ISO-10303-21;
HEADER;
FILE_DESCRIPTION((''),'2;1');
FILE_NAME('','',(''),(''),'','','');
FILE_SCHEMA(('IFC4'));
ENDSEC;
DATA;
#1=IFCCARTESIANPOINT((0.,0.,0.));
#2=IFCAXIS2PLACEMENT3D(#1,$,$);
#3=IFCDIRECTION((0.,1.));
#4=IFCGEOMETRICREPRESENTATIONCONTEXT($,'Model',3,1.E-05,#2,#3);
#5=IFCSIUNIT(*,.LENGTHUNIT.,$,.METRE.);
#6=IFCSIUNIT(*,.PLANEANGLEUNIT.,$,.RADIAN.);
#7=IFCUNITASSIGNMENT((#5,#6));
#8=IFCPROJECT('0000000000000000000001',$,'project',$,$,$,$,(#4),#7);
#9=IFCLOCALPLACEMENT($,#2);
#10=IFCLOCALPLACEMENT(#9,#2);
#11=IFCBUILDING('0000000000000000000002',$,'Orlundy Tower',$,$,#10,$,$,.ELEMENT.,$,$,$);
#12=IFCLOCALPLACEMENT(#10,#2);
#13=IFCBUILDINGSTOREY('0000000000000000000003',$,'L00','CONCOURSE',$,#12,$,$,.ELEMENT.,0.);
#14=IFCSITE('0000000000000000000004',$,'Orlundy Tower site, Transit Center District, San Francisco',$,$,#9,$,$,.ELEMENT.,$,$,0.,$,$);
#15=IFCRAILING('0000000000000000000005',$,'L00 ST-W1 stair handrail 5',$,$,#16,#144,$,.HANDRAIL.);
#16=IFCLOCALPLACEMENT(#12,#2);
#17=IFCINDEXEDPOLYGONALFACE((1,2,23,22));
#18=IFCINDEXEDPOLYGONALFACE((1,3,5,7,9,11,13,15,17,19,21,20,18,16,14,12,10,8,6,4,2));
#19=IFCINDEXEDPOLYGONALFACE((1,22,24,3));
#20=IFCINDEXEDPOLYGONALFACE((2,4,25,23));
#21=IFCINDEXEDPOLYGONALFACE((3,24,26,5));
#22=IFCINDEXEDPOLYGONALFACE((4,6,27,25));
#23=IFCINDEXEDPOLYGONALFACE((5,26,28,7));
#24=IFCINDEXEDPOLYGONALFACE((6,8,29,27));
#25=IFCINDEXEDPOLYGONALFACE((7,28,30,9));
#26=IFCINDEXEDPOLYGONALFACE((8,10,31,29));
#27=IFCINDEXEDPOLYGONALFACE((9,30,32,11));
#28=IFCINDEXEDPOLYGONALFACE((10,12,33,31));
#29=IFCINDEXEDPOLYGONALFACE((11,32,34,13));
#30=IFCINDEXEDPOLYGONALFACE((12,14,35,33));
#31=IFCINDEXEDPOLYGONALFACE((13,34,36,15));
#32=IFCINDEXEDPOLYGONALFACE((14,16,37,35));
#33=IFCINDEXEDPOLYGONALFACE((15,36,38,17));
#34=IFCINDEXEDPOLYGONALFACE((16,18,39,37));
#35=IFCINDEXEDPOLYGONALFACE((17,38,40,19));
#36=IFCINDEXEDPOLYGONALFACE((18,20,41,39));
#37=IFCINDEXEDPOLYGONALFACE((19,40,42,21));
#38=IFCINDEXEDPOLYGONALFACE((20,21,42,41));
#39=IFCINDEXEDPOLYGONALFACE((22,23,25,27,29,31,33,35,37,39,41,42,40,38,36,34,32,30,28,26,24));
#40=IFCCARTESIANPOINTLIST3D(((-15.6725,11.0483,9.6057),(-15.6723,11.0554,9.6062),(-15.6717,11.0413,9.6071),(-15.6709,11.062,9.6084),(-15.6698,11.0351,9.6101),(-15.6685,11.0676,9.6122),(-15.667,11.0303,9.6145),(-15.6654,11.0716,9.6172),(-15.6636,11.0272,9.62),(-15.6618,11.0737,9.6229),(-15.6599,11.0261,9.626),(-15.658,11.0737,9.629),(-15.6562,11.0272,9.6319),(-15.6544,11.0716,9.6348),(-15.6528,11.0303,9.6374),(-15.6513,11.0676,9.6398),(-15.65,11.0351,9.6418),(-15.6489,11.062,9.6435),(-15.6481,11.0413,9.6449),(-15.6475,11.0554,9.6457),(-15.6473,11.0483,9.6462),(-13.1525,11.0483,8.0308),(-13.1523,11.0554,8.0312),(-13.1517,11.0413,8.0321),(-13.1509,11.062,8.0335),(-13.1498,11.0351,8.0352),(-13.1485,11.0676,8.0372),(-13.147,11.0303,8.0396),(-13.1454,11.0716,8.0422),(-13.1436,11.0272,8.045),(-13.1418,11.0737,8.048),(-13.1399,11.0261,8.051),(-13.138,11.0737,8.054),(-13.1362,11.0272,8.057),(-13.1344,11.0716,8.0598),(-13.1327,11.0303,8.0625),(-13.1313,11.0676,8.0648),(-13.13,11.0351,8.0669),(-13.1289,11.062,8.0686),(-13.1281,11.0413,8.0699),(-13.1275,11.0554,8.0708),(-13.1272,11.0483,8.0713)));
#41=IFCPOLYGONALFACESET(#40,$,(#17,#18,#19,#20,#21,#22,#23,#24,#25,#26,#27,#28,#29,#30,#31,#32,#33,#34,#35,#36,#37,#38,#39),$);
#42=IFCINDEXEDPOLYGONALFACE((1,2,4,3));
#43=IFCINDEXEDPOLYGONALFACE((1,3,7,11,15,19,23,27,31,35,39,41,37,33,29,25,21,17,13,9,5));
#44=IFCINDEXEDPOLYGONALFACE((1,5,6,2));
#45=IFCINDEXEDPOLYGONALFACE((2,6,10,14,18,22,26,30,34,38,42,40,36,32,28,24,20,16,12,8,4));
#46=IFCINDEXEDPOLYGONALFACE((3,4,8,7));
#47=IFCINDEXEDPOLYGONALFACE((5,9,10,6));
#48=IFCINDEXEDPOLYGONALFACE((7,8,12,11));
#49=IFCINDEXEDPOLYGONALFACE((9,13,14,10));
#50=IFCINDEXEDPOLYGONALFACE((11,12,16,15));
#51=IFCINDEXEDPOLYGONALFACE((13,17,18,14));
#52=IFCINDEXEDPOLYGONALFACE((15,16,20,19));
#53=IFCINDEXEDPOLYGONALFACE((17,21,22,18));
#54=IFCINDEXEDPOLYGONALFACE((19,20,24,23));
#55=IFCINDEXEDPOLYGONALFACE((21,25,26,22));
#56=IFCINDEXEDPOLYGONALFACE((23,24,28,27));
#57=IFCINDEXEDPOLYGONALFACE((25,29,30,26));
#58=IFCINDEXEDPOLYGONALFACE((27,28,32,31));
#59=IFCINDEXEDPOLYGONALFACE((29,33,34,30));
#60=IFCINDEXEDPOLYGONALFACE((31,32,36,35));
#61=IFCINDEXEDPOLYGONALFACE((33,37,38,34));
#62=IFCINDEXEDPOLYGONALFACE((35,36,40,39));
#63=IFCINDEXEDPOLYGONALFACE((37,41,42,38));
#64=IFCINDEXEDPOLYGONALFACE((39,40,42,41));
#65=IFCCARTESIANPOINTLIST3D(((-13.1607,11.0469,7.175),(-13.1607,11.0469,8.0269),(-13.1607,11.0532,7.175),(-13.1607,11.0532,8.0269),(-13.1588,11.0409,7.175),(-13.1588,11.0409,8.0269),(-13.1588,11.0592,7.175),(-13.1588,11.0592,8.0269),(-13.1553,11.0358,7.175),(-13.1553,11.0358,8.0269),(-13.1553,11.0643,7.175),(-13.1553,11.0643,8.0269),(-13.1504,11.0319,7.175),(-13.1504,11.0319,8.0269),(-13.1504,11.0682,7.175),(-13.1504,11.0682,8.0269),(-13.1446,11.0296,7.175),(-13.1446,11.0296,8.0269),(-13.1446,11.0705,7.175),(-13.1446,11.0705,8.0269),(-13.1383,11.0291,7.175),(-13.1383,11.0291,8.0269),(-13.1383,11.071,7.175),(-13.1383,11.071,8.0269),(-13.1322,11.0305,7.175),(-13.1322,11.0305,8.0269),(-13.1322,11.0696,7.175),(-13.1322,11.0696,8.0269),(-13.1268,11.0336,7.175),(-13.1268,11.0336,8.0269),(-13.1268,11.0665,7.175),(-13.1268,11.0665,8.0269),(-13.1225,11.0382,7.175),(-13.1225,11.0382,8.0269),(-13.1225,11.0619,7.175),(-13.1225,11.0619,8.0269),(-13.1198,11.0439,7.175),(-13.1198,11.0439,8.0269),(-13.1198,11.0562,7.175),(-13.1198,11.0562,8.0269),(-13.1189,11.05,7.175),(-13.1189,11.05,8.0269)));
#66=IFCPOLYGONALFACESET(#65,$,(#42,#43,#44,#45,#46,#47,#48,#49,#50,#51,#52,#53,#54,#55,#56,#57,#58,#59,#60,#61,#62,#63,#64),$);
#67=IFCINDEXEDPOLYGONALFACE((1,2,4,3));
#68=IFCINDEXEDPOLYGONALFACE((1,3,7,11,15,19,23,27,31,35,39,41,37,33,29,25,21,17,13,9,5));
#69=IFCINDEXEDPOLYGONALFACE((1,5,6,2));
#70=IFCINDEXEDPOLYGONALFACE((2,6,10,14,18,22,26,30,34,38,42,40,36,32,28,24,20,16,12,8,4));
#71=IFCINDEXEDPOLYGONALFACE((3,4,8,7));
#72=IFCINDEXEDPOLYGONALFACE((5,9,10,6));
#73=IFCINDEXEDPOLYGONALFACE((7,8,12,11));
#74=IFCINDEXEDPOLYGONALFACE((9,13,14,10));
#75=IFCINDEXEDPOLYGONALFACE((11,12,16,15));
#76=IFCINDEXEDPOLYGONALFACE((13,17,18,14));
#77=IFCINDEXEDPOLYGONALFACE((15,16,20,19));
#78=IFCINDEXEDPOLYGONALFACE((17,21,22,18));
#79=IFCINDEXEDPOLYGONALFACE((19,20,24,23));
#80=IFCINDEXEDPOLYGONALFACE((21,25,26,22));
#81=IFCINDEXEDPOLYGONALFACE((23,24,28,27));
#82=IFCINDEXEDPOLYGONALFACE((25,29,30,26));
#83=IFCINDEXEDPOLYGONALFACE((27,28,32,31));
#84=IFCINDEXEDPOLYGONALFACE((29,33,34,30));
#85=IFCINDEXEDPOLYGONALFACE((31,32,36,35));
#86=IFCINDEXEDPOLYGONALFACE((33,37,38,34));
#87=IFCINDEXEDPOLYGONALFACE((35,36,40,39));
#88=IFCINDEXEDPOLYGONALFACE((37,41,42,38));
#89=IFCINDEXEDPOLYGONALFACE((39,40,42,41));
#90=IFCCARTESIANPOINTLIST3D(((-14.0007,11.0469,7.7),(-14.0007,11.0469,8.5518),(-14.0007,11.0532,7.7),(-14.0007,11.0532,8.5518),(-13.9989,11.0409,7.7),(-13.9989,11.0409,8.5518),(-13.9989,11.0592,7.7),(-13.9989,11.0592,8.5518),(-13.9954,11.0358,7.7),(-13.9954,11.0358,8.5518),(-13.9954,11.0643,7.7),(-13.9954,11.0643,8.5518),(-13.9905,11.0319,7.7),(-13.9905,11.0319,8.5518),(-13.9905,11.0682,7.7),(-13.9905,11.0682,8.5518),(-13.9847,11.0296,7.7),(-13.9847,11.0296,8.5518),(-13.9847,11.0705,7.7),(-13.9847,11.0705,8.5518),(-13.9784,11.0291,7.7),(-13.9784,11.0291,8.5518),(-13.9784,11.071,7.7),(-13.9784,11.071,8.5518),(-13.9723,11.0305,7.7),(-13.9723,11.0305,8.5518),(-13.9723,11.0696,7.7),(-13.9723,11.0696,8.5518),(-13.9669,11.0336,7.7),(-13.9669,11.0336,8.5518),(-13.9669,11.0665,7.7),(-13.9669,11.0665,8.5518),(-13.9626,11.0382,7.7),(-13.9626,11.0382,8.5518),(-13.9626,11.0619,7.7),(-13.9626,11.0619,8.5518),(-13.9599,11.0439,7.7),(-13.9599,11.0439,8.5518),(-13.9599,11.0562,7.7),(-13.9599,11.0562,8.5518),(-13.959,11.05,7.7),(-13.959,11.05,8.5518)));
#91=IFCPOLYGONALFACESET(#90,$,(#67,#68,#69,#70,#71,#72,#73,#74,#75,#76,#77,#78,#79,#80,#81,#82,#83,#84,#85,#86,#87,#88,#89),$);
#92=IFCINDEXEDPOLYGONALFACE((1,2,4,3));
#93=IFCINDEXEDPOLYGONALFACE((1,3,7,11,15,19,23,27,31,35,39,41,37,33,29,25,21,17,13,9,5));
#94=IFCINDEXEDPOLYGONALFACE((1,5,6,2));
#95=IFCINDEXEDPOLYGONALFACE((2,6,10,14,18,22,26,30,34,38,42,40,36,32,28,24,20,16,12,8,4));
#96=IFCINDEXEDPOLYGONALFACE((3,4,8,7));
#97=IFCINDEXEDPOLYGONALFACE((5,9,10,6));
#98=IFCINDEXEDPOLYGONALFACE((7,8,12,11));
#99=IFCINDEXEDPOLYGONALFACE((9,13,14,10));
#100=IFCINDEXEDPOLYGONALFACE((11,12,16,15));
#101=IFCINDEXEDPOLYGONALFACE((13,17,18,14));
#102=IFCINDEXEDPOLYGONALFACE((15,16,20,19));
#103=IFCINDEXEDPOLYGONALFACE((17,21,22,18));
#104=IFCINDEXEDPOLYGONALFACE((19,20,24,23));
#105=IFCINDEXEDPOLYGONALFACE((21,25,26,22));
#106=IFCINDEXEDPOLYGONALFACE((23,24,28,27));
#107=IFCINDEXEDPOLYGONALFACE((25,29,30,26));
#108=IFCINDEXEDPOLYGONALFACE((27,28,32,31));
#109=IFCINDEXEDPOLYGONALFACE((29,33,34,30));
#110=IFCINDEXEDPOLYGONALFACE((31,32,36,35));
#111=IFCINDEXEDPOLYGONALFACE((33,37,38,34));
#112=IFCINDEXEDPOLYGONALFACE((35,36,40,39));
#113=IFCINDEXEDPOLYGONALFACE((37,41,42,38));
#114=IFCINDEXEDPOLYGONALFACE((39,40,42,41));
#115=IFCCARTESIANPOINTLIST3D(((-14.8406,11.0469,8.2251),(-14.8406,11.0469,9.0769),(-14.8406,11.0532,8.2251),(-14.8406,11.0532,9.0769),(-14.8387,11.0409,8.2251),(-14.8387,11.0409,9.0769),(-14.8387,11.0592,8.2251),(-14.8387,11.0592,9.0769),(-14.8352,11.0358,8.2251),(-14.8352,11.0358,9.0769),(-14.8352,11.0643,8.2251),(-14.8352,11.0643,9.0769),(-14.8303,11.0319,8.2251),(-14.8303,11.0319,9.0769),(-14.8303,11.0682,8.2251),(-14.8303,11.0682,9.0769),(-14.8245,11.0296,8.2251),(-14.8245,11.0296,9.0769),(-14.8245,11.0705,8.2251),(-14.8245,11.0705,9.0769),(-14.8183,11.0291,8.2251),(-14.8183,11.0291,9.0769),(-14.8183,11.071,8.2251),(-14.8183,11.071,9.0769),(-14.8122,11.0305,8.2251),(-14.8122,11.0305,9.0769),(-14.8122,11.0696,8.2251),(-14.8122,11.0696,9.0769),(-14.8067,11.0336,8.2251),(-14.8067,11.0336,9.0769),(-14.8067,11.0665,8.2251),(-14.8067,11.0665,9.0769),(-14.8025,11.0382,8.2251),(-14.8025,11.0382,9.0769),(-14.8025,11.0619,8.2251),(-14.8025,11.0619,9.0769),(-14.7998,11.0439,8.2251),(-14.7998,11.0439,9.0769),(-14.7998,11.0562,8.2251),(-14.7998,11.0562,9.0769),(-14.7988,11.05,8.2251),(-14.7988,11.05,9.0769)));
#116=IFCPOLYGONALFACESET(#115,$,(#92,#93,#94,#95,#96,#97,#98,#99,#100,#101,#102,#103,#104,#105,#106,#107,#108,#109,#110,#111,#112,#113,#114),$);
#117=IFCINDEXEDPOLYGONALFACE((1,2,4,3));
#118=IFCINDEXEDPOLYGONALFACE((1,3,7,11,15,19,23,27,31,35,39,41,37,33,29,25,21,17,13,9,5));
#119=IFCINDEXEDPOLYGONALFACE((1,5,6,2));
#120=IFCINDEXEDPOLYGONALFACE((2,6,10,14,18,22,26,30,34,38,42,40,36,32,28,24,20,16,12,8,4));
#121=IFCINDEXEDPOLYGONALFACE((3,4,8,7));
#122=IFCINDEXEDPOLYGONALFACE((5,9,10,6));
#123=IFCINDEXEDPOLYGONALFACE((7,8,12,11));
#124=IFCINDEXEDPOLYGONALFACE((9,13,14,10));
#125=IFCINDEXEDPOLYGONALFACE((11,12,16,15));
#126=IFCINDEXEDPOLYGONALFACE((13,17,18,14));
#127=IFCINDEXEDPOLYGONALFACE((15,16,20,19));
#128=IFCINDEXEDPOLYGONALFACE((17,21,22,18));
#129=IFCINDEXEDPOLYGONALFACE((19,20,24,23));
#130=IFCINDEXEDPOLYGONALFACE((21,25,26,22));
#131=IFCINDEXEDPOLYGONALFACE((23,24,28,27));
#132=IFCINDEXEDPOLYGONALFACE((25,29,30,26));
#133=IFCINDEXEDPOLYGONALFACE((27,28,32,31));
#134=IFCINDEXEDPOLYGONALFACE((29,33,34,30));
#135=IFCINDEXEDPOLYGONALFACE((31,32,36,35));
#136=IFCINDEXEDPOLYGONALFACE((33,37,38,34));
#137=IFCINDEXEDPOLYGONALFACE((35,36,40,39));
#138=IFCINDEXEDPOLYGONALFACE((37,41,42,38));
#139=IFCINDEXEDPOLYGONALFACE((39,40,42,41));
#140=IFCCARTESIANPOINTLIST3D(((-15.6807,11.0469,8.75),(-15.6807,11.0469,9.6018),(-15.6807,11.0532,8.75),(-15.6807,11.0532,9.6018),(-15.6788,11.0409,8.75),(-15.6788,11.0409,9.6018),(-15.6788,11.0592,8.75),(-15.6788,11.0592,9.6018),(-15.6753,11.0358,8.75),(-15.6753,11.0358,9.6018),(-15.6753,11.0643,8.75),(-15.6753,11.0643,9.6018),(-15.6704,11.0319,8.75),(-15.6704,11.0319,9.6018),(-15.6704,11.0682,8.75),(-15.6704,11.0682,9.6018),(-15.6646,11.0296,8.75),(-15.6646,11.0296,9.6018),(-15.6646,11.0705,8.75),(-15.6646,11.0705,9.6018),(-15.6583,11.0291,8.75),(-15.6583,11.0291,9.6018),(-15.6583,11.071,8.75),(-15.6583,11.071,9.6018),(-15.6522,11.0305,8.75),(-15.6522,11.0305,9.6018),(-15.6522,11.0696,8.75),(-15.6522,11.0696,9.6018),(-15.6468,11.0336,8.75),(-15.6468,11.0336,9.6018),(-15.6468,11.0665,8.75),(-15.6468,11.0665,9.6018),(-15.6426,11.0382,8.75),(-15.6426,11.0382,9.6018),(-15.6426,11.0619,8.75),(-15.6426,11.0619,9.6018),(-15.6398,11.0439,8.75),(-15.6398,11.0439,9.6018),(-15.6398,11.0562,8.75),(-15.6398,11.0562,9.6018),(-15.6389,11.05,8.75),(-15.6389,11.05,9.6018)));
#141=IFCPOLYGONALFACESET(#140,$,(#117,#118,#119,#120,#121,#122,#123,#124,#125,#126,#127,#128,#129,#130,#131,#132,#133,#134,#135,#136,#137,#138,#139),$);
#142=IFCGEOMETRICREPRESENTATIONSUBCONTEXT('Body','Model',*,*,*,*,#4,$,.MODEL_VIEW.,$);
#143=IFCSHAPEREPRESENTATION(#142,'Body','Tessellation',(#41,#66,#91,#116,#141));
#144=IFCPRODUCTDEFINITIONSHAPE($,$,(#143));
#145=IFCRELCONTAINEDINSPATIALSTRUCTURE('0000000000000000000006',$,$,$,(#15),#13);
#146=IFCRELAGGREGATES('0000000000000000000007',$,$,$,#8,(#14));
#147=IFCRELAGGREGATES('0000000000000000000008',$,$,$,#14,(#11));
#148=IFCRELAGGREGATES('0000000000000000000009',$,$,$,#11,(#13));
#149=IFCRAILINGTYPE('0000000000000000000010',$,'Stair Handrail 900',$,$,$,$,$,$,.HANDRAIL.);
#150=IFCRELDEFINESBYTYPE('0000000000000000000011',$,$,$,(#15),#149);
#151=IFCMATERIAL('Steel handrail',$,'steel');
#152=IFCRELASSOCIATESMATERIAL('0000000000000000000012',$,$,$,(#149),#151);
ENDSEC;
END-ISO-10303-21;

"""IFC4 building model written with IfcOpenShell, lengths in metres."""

from ifc_helpers import new_model, si_unit, direction, frame, origin, origin_2d, place, context, subcontext, project, spatial, circle, extrude, material, type_object, element, save


model = new_model("IFC4")

# Units and contexts
model_context = context("Model", 3, precision=1e-05, world=origin(), true_north=direction((0.0, 1.0)))
body_context = subcontext(model_context, "Body", "Model", "MODEL_VIEW")
ifc_project = project(units=[si_unit("LENGTHUNIT", "METRE"), si_unit("PLANEANGLEUNIT", "RADIAN")], contexts=[model_context])

# Site, building, storey
site_placement = place(None, origin())
site = spatial("IfcSite", under=ifc_project, at=site_placement, Name="Orlundy Tower site, Transit Center District, San Francisco", CompositionType="ELEMENT", RefElevation=0.0)
building_placement = place(site_placement, origin())
building = spatial("IfcBuilding", under=site, at=building_placement, Name="Orlundy Tower", CompositionType="ELEMENT")
storey_placement = place(building_placement, origin())
storey = spatial("IfcBuildingStorey", under=building, at=storey_placement, Name="L00", Description="CONCOURSE", CompositionType="ELEMENT", Elevation=0.0)

# Railing
ifc_material_1 = material(Name="Steel handrail", Category="steel")
railing_type_1 = type_object("IfcRailingType", Name="Stair Handrail 900", PredefinedType="HANDRAIL", material=ifc_material_1)
for number, where, name in (
    (1, (-13.1399, 11.05, 7.175), "L00 ST-W1 stair handrail 5"),
):
    element("IfcRailing", number, at=place(storey_placement, frame(where)), inside=storey, type_object=railing_type_1, Name=name, PredefinedType="HANDRAIL", context=body_context, shape_type="SweptSolid", body=[
        extrude(circle(Radius=0.0239, at=origin_2d()), frame((0.0, 0.0, 0.876), z_axis=(-0.848008, 0.0, 0.529984), x_axis=(0.0, -1.0, 0.0)), (0.0, 0.0, 1.0), 2.9717),
        extrude(circle(Radius=0.021, at=origin_2d()), origin(), (0.0, 0.0, 1.0), 0.8518),
        extrude(circle(Radius=0.021, at=origin_2d()), frame((-0.8401, 0.0, 0.5249)), (0.0, 0.0, 1.0), 0.8518),
        extrude(circle(Radius=0.021, at=origin_2d()), frame((-1.6799, 0.0, 1.05)), (0.0, 0.0, 1.0), 0.8518),
        extrude(circle(Radius=0.021, at=origin_2d()), frame((-2.52, 0.0, 1.575)), (0.0, 0.0, 1.0), 0.8518),
    ])

save(model, "model.ifc")
